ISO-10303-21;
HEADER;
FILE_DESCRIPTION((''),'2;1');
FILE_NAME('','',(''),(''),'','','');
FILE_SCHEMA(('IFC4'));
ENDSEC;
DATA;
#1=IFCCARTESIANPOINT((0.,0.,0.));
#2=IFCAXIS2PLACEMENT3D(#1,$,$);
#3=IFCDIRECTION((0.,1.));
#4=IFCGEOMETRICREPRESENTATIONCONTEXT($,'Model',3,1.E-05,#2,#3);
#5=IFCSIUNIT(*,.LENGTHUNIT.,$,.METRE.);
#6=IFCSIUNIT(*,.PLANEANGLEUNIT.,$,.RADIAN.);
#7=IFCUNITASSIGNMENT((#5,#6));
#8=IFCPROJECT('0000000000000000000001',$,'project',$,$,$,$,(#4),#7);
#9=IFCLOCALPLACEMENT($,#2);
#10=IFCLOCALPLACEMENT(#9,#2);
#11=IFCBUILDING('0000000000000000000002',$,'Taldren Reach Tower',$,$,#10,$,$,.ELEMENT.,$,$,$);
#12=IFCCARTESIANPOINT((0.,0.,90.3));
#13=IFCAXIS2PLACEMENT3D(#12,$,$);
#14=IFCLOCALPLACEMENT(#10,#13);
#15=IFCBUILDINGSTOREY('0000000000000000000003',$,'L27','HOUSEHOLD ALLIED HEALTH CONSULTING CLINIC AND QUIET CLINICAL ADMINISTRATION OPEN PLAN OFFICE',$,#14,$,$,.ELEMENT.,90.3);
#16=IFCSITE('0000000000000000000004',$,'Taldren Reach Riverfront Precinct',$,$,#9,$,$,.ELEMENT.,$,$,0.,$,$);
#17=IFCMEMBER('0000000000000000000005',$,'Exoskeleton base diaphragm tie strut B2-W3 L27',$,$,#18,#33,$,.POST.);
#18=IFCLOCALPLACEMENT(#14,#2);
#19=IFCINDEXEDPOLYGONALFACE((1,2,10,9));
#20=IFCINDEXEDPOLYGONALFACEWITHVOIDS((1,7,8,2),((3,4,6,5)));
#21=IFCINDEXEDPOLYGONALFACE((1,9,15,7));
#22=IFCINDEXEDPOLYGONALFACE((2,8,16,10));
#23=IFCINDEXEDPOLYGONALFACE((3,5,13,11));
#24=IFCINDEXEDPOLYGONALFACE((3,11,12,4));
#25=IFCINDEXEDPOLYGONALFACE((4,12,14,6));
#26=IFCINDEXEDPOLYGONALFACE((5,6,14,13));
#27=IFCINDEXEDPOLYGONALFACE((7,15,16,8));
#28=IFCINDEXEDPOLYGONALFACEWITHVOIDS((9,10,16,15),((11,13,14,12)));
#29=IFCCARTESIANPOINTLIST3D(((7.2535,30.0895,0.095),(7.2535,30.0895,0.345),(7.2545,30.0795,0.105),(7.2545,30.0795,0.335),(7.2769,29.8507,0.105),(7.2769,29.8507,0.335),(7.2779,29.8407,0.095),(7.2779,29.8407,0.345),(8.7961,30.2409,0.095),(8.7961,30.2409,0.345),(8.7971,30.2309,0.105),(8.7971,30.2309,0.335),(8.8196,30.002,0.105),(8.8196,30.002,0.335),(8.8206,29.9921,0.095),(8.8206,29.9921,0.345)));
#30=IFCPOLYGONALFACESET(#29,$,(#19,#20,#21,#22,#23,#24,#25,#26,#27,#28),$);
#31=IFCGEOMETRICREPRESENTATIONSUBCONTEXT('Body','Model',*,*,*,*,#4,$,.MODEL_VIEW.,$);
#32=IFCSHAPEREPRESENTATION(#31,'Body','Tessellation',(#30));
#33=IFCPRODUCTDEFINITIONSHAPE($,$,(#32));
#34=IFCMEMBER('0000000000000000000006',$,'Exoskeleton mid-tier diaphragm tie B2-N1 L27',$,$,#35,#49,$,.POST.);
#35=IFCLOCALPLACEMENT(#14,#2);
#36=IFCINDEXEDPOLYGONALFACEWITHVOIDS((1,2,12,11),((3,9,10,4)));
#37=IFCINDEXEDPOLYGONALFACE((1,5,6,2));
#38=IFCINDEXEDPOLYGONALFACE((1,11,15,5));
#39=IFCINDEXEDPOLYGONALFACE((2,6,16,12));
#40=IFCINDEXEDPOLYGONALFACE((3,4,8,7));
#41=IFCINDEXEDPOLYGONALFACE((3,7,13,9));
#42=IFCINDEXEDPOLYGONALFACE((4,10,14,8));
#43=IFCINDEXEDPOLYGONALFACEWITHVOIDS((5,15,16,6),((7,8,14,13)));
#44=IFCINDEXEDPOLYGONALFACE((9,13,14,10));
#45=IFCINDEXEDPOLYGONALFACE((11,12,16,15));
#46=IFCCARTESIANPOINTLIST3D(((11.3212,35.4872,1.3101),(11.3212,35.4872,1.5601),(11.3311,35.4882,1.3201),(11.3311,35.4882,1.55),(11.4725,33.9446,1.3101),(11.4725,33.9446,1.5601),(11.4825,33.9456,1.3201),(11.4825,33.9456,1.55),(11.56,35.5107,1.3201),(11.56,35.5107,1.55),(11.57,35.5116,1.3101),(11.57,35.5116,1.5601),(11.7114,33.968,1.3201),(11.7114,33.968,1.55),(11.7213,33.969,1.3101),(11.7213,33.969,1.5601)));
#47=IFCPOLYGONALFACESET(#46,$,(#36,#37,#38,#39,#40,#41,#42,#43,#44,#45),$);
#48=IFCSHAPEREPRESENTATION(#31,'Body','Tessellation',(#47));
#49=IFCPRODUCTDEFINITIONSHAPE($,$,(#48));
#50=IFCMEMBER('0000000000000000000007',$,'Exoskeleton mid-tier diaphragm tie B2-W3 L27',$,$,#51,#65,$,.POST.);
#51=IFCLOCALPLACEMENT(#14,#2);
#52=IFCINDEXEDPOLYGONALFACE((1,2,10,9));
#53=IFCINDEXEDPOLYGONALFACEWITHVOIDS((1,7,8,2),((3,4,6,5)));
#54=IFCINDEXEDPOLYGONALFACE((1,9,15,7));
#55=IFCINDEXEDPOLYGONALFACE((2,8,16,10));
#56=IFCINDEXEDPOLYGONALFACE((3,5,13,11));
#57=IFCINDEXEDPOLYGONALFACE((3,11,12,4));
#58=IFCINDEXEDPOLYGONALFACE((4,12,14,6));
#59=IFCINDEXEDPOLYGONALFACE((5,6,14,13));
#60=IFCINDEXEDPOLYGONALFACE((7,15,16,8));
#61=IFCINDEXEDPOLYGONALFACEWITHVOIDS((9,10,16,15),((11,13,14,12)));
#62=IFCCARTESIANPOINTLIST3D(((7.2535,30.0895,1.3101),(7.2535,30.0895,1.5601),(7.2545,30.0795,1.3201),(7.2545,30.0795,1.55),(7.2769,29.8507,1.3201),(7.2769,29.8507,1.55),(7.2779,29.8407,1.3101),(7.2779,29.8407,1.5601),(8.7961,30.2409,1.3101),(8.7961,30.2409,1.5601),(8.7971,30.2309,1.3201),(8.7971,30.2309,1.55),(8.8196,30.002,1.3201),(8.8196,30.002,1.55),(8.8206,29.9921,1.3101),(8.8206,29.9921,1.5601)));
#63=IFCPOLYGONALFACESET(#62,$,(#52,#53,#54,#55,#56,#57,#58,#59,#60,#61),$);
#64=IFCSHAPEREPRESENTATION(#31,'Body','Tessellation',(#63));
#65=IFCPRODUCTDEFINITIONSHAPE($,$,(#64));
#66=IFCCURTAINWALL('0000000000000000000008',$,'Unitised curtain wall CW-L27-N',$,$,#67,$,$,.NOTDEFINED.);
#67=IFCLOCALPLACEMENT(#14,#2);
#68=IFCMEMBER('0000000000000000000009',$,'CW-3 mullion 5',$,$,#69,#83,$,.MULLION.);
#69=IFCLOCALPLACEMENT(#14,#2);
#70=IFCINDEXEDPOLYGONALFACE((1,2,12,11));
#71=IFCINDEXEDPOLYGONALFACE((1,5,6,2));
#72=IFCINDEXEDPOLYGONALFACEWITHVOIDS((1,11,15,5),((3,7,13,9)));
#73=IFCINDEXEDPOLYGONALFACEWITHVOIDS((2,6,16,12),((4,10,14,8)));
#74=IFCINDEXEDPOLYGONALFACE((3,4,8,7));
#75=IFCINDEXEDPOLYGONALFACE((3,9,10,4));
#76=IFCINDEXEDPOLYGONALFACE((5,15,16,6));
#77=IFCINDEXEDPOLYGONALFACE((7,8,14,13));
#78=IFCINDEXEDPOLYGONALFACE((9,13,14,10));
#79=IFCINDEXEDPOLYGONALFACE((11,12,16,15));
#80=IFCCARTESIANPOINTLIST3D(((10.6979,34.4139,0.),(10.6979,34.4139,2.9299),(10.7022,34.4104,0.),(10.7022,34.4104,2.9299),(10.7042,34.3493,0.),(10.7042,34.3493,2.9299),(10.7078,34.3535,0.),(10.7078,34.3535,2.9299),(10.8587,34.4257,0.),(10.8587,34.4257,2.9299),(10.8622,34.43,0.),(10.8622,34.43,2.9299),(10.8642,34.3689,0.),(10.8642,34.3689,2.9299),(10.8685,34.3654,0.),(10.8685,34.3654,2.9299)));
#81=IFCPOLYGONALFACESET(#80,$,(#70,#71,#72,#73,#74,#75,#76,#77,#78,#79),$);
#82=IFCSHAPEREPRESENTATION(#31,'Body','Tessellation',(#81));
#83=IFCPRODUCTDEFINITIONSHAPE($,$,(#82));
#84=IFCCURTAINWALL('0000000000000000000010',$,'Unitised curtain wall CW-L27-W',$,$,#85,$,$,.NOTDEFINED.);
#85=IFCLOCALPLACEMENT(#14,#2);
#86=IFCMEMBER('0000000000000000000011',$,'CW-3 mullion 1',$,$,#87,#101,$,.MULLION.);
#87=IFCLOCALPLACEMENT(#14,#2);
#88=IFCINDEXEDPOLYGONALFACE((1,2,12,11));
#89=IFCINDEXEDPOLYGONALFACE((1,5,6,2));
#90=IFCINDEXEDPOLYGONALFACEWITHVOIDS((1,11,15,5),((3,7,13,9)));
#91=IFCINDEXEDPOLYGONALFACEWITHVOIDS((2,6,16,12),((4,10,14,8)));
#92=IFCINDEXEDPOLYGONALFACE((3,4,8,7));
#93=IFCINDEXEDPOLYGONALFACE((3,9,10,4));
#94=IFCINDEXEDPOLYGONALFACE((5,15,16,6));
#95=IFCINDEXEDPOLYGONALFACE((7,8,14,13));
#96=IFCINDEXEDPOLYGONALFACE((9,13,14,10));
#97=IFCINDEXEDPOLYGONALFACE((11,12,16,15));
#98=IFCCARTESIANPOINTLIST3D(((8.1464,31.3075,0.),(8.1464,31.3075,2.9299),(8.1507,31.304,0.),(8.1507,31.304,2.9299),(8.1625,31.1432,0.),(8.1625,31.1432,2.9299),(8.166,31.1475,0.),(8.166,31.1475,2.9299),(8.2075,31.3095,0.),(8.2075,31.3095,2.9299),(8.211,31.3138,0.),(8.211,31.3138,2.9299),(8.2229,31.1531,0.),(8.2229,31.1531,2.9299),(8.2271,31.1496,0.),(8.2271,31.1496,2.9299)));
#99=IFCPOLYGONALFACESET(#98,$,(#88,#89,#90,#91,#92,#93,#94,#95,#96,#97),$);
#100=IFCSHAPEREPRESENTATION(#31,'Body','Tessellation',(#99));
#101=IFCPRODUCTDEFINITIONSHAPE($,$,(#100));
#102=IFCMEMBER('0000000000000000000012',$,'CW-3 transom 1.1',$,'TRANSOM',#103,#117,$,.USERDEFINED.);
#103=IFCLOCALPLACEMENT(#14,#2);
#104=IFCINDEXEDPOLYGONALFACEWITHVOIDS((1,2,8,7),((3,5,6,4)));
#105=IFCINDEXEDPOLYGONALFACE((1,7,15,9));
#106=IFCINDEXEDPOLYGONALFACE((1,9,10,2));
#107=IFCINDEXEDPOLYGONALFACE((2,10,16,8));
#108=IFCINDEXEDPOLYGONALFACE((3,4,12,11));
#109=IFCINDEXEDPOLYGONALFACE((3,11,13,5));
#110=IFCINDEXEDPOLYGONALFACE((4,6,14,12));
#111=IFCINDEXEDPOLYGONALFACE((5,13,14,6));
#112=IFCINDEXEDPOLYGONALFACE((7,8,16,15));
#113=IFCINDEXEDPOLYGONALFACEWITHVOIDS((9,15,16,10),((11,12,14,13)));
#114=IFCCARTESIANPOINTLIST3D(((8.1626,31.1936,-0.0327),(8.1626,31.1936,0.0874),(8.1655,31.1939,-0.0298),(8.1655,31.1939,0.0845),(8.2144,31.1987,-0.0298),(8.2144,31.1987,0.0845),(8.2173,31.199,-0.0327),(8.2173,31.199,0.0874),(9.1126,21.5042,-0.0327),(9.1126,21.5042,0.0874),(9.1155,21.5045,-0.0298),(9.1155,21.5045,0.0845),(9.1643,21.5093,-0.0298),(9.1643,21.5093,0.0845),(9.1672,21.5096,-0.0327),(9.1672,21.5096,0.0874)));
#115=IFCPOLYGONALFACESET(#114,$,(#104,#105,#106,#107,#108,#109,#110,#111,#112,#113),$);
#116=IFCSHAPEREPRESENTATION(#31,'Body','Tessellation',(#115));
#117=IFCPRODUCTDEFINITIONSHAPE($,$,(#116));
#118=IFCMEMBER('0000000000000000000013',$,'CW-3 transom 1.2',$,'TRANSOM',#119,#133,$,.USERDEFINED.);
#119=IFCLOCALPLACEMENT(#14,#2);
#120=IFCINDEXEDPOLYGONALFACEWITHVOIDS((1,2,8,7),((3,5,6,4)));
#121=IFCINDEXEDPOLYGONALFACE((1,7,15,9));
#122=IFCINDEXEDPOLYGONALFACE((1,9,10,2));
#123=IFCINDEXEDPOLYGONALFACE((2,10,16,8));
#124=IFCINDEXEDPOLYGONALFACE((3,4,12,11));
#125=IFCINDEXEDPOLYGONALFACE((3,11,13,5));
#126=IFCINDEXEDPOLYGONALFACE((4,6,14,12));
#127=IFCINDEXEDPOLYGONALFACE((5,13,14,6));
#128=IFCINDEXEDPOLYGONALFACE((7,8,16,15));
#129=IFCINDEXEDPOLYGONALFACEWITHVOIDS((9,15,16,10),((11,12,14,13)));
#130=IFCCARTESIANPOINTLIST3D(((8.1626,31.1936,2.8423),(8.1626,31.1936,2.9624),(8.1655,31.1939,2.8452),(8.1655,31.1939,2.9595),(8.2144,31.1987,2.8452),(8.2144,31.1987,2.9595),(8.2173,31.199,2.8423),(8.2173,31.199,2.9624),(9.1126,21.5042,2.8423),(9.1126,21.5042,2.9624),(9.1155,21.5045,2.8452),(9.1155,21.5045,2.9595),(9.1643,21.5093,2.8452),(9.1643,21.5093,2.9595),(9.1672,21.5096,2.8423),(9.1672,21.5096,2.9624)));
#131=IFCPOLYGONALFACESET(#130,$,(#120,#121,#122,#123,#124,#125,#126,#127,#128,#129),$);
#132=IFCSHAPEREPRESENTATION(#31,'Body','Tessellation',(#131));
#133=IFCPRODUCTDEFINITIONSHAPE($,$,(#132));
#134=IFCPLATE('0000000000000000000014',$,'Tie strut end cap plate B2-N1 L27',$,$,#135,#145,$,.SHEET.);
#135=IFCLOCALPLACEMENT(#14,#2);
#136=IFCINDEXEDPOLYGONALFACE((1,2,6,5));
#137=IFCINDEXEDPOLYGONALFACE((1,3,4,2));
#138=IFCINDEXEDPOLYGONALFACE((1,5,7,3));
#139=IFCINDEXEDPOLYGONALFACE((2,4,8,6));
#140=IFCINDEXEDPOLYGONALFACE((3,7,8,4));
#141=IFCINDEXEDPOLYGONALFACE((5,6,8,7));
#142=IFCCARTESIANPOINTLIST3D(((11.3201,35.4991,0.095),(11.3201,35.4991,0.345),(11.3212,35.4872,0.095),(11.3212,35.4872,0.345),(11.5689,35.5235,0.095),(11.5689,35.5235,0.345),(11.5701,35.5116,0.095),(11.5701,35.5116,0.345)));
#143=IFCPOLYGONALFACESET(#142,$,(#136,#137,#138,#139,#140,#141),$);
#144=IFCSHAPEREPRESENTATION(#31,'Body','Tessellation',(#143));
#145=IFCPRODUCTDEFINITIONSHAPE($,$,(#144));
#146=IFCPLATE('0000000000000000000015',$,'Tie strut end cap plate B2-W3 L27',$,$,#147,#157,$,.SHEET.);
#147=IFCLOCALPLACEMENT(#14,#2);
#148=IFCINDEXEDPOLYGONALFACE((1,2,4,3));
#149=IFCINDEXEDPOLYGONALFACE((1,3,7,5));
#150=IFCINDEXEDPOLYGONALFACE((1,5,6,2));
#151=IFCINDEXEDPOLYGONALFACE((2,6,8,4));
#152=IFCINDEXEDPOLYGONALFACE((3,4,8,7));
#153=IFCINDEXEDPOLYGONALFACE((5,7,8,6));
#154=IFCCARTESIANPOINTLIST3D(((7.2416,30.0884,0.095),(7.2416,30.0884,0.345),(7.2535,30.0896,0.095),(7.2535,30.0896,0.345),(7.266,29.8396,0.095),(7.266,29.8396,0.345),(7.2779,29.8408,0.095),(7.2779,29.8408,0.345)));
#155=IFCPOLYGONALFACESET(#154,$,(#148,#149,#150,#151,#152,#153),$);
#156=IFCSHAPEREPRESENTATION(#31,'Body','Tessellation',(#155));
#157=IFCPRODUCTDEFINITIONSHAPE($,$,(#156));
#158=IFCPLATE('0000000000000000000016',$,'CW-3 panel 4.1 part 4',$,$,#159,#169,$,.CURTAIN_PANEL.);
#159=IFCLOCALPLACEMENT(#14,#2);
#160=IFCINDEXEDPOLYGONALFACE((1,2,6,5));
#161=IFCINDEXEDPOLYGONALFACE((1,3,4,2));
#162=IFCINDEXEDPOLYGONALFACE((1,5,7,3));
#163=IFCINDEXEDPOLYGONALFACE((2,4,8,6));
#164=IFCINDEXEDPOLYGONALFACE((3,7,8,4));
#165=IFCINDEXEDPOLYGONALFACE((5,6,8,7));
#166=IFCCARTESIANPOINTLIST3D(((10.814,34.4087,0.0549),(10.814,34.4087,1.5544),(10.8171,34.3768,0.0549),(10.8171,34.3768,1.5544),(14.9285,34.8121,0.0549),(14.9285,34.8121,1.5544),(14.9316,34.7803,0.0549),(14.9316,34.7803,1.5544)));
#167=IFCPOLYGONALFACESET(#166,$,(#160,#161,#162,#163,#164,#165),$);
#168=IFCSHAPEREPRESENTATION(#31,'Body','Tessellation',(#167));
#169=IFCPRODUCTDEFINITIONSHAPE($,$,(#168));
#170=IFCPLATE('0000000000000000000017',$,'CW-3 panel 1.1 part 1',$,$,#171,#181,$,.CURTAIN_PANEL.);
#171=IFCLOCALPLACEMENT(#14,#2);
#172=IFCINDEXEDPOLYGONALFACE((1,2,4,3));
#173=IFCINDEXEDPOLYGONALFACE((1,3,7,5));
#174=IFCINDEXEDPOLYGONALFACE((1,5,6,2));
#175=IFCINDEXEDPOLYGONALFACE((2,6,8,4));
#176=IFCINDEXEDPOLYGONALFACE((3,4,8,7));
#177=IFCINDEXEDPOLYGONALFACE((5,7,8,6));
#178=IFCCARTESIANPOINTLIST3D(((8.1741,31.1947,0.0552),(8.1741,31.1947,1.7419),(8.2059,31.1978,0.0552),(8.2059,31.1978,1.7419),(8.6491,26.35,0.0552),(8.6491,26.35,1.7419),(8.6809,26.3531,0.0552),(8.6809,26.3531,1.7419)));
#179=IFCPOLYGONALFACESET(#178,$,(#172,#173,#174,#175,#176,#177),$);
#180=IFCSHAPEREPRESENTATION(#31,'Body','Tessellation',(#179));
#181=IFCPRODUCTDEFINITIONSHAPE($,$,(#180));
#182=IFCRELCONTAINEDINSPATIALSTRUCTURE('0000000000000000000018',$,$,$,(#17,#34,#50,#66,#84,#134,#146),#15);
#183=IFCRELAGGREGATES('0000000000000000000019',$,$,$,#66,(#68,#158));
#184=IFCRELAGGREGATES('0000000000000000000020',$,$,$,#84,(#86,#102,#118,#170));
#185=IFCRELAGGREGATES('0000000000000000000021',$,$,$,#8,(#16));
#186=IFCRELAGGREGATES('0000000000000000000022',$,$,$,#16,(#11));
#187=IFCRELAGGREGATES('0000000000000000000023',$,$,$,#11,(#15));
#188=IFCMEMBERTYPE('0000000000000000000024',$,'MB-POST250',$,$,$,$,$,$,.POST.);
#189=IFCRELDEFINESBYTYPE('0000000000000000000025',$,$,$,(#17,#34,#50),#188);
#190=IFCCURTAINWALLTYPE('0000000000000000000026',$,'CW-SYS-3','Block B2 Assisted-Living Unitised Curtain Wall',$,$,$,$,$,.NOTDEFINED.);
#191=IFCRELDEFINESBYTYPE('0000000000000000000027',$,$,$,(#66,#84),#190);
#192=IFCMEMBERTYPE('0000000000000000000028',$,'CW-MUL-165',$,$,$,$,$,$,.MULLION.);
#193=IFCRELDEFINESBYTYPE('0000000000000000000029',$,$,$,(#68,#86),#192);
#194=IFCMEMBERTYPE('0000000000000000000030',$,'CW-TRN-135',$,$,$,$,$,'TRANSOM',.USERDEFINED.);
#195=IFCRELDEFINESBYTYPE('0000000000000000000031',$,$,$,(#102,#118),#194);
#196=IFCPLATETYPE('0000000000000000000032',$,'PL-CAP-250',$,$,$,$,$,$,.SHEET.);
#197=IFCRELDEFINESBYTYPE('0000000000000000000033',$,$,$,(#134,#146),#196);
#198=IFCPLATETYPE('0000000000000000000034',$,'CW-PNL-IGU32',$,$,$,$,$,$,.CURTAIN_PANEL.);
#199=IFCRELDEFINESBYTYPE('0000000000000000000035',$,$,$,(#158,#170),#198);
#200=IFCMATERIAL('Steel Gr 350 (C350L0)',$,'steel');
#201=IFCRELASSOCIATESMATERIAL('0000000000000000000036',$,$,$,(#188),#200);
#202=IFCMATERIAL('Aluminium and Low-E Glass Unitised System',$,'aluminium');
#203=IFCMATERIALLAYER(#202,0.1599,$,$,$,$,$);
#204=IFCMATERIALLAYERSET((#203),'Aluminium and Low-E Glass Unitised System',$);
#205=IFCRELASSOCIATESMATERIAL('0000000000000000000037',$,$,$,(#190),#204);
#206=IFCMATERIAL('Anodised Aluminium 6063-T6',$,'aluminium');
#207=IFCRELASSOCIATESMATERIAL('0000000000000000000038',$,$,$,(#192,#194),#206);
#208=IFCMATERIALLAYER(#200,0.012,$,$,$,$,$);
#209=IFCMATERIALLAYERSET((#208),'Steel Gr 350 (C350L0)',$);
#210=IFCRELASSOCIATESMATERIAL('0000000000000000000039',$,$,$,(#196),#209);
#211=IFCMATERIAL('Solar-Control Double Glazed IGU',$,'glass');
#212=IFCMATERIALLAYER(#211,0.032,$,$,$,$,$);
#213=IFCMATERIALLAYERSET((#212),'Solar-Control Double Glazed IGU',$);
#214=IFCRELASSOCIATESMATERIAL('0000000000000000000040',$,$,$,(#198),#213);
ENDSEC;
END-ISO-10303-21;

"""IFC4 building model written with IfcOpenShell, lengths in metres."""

from ifc_helpers import new_model, si_unit, direction, frame, origin, origin_2d, place, context, subcontext, project, spatial, rectangle, hollow_rectangle, extrude, source, transform, mapped, material, layer, layer_set, material_profile, profile_set, type_object, element, aggregate, save


model = new_model("IFC4")

# Units and contexts
model_context = context("Model", 3, precision=1e-05, world=origin(), true_north=direction((0.0, 1.0)))
body_context = subcontext(model_context, "Body", "Model", "MODEL_VIEW")
ifc_project = project(units=[si_unit("LENGTHUNIT", "METRE"), si_unit("PLANEANGLEUNIT", "RADIAN")], contexts=[model_context])

# Site, building, storey
site_placement = place(None, origin())
site = spatial("IfcSite", under=ifc_project, at=site_placement, Name="Taldren Reach Riverfront Precinct", CompositionType="ELEMENT", RefElevation=0.0)
building_placement = place(site_placement, origin())
building = spatial("IfcBuilding", under=site, at=building_placement, Name="Taldren Reach Tower", CompositionType="ELEMENT")
storey_placement = place(building_placement, frame((0.0, 0.0, 90.3)))
storey = spatial("IfcBuildingStorey", under=building, at=storey_placement, Name="L27", Description="HOUSEHOLD ALLIED HEALTH CONSULTING CLINIC AND QUIET CLINICAL ADMINISTRATION OPEN PLAN OFFICE", CompositionType="ELEMENT", Elevation=90.3)

# Members
ifc_material_1 = material(Name="Steel Gr 350 (C350L0)", Category="steel")
ifc_material_profile_1 = material_profile(ifc_material_1, hollow_rectangle(XDim=0.25, YDim=0.25, WallThickness=0.01, at=origin_2d()), Name="250x250x10.0SHS")
ifc_profile_set_1 = profile_set([ifc_material_profile_1], Name="Steel Gr 350 (C350L0)")
member_type_1 = type_object("IfcMemberType", Name="MB-POST250", PredefinedType="POST", material=ifc_profile_set_1)
shared_shape_1 = source(origin(), body_context, "Body", "SweptSolid", [
    extrude(hollow_rectangle(XDim=0.25, YDim=0.25, WallThickness=0.01, at=origin_2d()), origin(), (0.0, 0.0, 1.0), 1.55),
])
for number, where, z_axis, x_axis, name in (
    (1, (8.8083, 30.1165, 0.22), (-0.995221, -0.097648, 0.0), (0.097648, -0.995221, 0.0), "Exoskeleton base diaphragm tie strut B2-W3 L27"),
    (2, (11.5969, 33.9568, 1.4351), (-0.097648, 0.995221, 0.0), (-0.995221, -0.097648, 0.0), "Exoskeleton mid-tier diaphragm tie B2-N1 L27"),
    (3, (8.8083, 30.1165, 1.4351), (-0.995221, -0.097648, 0.0), (0.097648, -0.995221, 0.0), "Exoskeleton mid-tier diaphragm tie B2-W3 L27"),
):
    element("IfcMember", number, at=place(storey_placement, frame(where, z_axis=z_axis, x_axis=x_axis)), inside=storey, type_object=member_type_1, Name=name, PredefinedType="POST", context=body_context, shape_type="MappedRepresentation", body=[
        mapped(shared_shape_1, transform((0.0, 0.0, 0.0), scale=1.0)),
    ])

# Curtain wall, member
ifc_material_2 = material(Name="Aluminium and Low-E Glass Unitised System", Category="aluminium")
ifc_layer_1 = layer(ifc_material_2, 0.1599)
ifc_layer_set_1 = layer_set([ifc_layer_1], Name="Aluminium and Low-E Glass Unitised System")
curtain_wall_type = type_object("IfcCurtainWallType", Name="CW-SYS-3", Description="Block B2 Assisted-Living Unitised Curtain Wall", PredefinedType="NOTDEFINED", material=ifc_layer_set_1)
curtain_wall_1_placement = place(storey_placement, origin())
curtain_wall_1 = element("IfcCurtainWall", 4, at=curtain_wall_1_placement, inside=storey, type_object=curtain_wall_type, Name="Unitised curtain wall CW-L27-N", PredefinedType="NOTDEFINED")
ifc_material_3 = material(Name="Anodised Aluminium 6063-T6", Category="aluminium")
ifc_material_profile_2 = material_profile(ifc_material_3, hollow_rectangle(XDim=0.0649, YDim=0.165, WallThickness=0.0039, at=origin_2d()), Name="ALU-165x65x4RHS")
ifc_profile_set_2 = profile_set([ifc_material_profile_2], Name="Anodised Aluminium 6063-T6")
member_type_2 = type_object("IfcMemberType", Name="CW-MUL-165", PredefinedType="MULLION", material=ifc_profile_set_2)
shared_shape_2 = source(origin(), body_context, "Body", "SweptSolid", [
    extrude(hollow_rectangle(XDim=0.0649, YDim=0.165, WallThickness=0.0039, at=origin_2d()), origin(), (0.0, 0.0, 1.0), 2.9299),
])
member_1_placement = place(storey_placement, frame((10.7832, 34.3896, 0.0), z_axis=(0.0, 0.0, 1.0), x_axis=(0.097583, -0.995227, 0.0)))
member_1 = element("IfcMember", 5, at=member_1_placement, type_object=member_type_2, Name="CW-3 mullion 5", PredefinedType="MULLION", context=body_context, shape_type="MappedRepresentation", body=[
    mapped(shared_shape_2, transform((0.0, 0.0, 0.0), scale=1.0)),
])

# Curtain wall, members
curtain_wall_2_placement = place(storey_placement, origin())
curtain_wall_2 = element("IfcCurtainWall", 6, at=curtain_wall_2_placement, inside=storey, type_object=curtain_wall_type, Name="Unitised curtain wall CW-L27-W", PredefinedType="NOTDEFINED")
member_2_placement = place(storey_placement, frame((8.1868, 31.2285, 0.0), z_axis=(0.0, 0.0, 1.0), x_axis=(0.995227, 0.097583, 0.0)))
member_2 = element("IfcMember", 7, at=member_2_placement, type_object=member_type_2, Name="CW-3 mullion 1", PredefinedType="MULLION", context=body_context, shape_type="MappedRepresentation", body=[
    mapped(shared_shape_2, transform((0.0, 0.0, 0.0), scale=1.0)),
])
ifc_material_profile_3 = material_profile(ifc_material_3, hollow_rectangle(XDim=0.0549, YDim=0.1201, WallThickness=0.0029, at=origin_2d()), Name="ALU-120x55x3RHS")
ifc_profile_set_3 = profile_set([ifc_material_profile_3], Name="Anodised Aluminium 6063-T6")
member_type_3 = type_object("IfcMemberType", Name="CW-TRN-135", ElementType="TRANSOM", PredefinedType="USERDEFINED", material=ifc_profile_set_3)
shared_shape_3 = source(origin(), body_context, "Body", "SweptSolid", [
    extrude(hollow_rectangle(XDim=0.0549, YDim=0.1201, WallThickness=0.0029, at=origin_2d()), origin(), (0.0, 0.0, 1.0), 9.7358),
])
member_3_placement = place(storey_placement, frame((8.1899, 31.1963, 0.0273), z_axis=(0.097572, -0.995228, 0.0), x_axis=(0.995228, 0.097572, 0.0)))
member_3 = element("IfcMember", 8, at=member_3_placement, type_object=member_type_3, Name="CW-3 transom 1.1", ObjectType="TRANSOM", PredefinedType="USERDEFINED", context=body_context, shape_type="MappedRepresentation", body=[
    mapped(shared_shape_3, transform((0.0, 0.0, 0.0), scale=1.0)),
])
member_4_placement = place(storey_placement, frame((8.1899, 31.1963, 2.9023), z_axis=(0.097572, -0.995228, 0.0), x_axis=(0.995228, 0.097572, 0.0)))
member_4 = element("IfcMember", 9, at=member_4_placement, type_object=member_type_3, Name="CW-3 transom 1.2", ObjectType="TRANSOM", PredefinedType="USERDEFINED", context=body_context, shape_type="MappedRepresentation", body=[
    mapped(shared_shape_3, transform((0.0, 0.0, 0.0), scale=1.0)),
])

# Plates
ifc_layer_2 = layer(ifc_material_1, 0.012)
ifc_layer_set_2 = layer_set([ifc_layer_2], Name="Steel Gr 350 (C350L0)")
plate_type_1 = type_object("IfcPlateType", Name="PL-CAP-250", PredefinedType="SHEET", material=ifc_layer_set_2)
shared_shape_4 = source(origin(), body_context, "Body", "SweptSolid", [
    extrude(rectangle(XDim=0.25, YDim=0.012, at=origin_2d()), origin(), (0.0, 0.0, 1.0), 0.25),
])
plate_1_placement = place(storey_placement, frame((11.4451, 35.5054, 0.095), z_axis=(0.0, 0.0, 1.0), x_axis=(0.995227, 0.097583, 0.0)))
element("IfcPlate", 10, at=plate_1_placement, inside=storey, type_object=plate_type_1, Name="Tie strut end cap plate B2-N1 L27", PredefinedType="SHEET", context=body_context, shape_type="MappedRepresentation", body=[
    mapped(shared_shape_4, transform((0.0, 0.0, 0.0), scale=1.0)),
])
shared_shape_5 = source(origin(), body_context, "Body", "SweptSolid", [
    extrude(rectangle(XDim=0.012, YDim=0.25, at=origin_2d()), origin(), (0.0, 0.0, 1.0), 0.25),
])
plate_2_placement = place(storey_placement, frame((7.2598, 29.9646, 0.095), z_axis=(0.0, 0.0, 1.0), x_axis=(0.995227, 0.097583, 0.0)))
element("IfcPlate", 11, at=plate_2_placement, inside=storey, type_object=plate_type_1, Name="Tie strut end cap plate B2-W3 L27", PredefinedType="SHEET", context=body_context, shape_type="MappedRepresentation", body=[
    mapped(shared_shape_5, transform((0.0, 0.0, 0.0), scale=1.0)),
])

# Plates
ifc_material_4 = material(Name="Solar-Control Double Glazed IGU", Category="glass")
ifc_layer_3 = layer(ifc_material_4, 0.032)
ifc_layer_set_3 = layer_set([ifc_layer_3], Name="Solar-Control Double Glazed IGU")
plate_type_2 = type_object("IfcPlateType", Name="CW-PNL-IGU32", PredefinedType="CURTAIN_PANEL", material=ifc_layer_set_3)
shared_shape_6 = source(origin(), body_context, "Body", "SweptSolid", [
    extrude(rectangle(XDim=4.1343, YDim=0.032, at=origin_2d()), origin(), (0.0, 0.0, 1.0), 1.4995),
])
plate_3_placement = place(storey_placement, frame((12.8728, 34.5945, 0.0549), z_axis=(0.0, 0.0, 1.0), x_axis=(-0.995227, -0.097583, 0.0)))
plate_3 = element("IfcPlate", 12, at=plate_3_placement, type_object=plate_type_2, Name="CW-3 panel 4.1 part 4", PredefinedType="CURTAIN_PANEL", context=body_context, shape_type="MappedRepresentation", body=[
    mapped(shared_shape_6, transform((0.0, 0.0, 0.0), scale=1.0)),
])
aggregate(curtain_wall_1, [member_1, plate_3])
shared_shape_7 = source(origin(), body_context, "Body", "SweptSolid", [
    extrude(rectangle(XDim=4.8679, YDim=0.032, at=origin_2d()), origin(), (0.0, 0.0, 1.0), 1.6868),
])
plate_4_placement = place(storey_placement, frame((8.4275, 28.7739, 0.0552), z_axis=(0.0, 0.0, 1.0), x_axis=(0.097583, -0.995227, 0.0)))
plate_4 = element("IfcPlate", 13, at=plate_4_placement, type_object=plate_type_2, Name="CW-3 panel 1.1 part 1", PredefinedType="CURTAIN_PANEL", context=body_context, shape_type="MappedRepresentation", body=[
    mapped(shared_shape_7, transform((0.0, 0.0, 0.0), scale=1.0)),
])
aggregate(curtain_wall_2, [member_2, member_3, member_4, plate_4])

save(model, "model.ifc")
